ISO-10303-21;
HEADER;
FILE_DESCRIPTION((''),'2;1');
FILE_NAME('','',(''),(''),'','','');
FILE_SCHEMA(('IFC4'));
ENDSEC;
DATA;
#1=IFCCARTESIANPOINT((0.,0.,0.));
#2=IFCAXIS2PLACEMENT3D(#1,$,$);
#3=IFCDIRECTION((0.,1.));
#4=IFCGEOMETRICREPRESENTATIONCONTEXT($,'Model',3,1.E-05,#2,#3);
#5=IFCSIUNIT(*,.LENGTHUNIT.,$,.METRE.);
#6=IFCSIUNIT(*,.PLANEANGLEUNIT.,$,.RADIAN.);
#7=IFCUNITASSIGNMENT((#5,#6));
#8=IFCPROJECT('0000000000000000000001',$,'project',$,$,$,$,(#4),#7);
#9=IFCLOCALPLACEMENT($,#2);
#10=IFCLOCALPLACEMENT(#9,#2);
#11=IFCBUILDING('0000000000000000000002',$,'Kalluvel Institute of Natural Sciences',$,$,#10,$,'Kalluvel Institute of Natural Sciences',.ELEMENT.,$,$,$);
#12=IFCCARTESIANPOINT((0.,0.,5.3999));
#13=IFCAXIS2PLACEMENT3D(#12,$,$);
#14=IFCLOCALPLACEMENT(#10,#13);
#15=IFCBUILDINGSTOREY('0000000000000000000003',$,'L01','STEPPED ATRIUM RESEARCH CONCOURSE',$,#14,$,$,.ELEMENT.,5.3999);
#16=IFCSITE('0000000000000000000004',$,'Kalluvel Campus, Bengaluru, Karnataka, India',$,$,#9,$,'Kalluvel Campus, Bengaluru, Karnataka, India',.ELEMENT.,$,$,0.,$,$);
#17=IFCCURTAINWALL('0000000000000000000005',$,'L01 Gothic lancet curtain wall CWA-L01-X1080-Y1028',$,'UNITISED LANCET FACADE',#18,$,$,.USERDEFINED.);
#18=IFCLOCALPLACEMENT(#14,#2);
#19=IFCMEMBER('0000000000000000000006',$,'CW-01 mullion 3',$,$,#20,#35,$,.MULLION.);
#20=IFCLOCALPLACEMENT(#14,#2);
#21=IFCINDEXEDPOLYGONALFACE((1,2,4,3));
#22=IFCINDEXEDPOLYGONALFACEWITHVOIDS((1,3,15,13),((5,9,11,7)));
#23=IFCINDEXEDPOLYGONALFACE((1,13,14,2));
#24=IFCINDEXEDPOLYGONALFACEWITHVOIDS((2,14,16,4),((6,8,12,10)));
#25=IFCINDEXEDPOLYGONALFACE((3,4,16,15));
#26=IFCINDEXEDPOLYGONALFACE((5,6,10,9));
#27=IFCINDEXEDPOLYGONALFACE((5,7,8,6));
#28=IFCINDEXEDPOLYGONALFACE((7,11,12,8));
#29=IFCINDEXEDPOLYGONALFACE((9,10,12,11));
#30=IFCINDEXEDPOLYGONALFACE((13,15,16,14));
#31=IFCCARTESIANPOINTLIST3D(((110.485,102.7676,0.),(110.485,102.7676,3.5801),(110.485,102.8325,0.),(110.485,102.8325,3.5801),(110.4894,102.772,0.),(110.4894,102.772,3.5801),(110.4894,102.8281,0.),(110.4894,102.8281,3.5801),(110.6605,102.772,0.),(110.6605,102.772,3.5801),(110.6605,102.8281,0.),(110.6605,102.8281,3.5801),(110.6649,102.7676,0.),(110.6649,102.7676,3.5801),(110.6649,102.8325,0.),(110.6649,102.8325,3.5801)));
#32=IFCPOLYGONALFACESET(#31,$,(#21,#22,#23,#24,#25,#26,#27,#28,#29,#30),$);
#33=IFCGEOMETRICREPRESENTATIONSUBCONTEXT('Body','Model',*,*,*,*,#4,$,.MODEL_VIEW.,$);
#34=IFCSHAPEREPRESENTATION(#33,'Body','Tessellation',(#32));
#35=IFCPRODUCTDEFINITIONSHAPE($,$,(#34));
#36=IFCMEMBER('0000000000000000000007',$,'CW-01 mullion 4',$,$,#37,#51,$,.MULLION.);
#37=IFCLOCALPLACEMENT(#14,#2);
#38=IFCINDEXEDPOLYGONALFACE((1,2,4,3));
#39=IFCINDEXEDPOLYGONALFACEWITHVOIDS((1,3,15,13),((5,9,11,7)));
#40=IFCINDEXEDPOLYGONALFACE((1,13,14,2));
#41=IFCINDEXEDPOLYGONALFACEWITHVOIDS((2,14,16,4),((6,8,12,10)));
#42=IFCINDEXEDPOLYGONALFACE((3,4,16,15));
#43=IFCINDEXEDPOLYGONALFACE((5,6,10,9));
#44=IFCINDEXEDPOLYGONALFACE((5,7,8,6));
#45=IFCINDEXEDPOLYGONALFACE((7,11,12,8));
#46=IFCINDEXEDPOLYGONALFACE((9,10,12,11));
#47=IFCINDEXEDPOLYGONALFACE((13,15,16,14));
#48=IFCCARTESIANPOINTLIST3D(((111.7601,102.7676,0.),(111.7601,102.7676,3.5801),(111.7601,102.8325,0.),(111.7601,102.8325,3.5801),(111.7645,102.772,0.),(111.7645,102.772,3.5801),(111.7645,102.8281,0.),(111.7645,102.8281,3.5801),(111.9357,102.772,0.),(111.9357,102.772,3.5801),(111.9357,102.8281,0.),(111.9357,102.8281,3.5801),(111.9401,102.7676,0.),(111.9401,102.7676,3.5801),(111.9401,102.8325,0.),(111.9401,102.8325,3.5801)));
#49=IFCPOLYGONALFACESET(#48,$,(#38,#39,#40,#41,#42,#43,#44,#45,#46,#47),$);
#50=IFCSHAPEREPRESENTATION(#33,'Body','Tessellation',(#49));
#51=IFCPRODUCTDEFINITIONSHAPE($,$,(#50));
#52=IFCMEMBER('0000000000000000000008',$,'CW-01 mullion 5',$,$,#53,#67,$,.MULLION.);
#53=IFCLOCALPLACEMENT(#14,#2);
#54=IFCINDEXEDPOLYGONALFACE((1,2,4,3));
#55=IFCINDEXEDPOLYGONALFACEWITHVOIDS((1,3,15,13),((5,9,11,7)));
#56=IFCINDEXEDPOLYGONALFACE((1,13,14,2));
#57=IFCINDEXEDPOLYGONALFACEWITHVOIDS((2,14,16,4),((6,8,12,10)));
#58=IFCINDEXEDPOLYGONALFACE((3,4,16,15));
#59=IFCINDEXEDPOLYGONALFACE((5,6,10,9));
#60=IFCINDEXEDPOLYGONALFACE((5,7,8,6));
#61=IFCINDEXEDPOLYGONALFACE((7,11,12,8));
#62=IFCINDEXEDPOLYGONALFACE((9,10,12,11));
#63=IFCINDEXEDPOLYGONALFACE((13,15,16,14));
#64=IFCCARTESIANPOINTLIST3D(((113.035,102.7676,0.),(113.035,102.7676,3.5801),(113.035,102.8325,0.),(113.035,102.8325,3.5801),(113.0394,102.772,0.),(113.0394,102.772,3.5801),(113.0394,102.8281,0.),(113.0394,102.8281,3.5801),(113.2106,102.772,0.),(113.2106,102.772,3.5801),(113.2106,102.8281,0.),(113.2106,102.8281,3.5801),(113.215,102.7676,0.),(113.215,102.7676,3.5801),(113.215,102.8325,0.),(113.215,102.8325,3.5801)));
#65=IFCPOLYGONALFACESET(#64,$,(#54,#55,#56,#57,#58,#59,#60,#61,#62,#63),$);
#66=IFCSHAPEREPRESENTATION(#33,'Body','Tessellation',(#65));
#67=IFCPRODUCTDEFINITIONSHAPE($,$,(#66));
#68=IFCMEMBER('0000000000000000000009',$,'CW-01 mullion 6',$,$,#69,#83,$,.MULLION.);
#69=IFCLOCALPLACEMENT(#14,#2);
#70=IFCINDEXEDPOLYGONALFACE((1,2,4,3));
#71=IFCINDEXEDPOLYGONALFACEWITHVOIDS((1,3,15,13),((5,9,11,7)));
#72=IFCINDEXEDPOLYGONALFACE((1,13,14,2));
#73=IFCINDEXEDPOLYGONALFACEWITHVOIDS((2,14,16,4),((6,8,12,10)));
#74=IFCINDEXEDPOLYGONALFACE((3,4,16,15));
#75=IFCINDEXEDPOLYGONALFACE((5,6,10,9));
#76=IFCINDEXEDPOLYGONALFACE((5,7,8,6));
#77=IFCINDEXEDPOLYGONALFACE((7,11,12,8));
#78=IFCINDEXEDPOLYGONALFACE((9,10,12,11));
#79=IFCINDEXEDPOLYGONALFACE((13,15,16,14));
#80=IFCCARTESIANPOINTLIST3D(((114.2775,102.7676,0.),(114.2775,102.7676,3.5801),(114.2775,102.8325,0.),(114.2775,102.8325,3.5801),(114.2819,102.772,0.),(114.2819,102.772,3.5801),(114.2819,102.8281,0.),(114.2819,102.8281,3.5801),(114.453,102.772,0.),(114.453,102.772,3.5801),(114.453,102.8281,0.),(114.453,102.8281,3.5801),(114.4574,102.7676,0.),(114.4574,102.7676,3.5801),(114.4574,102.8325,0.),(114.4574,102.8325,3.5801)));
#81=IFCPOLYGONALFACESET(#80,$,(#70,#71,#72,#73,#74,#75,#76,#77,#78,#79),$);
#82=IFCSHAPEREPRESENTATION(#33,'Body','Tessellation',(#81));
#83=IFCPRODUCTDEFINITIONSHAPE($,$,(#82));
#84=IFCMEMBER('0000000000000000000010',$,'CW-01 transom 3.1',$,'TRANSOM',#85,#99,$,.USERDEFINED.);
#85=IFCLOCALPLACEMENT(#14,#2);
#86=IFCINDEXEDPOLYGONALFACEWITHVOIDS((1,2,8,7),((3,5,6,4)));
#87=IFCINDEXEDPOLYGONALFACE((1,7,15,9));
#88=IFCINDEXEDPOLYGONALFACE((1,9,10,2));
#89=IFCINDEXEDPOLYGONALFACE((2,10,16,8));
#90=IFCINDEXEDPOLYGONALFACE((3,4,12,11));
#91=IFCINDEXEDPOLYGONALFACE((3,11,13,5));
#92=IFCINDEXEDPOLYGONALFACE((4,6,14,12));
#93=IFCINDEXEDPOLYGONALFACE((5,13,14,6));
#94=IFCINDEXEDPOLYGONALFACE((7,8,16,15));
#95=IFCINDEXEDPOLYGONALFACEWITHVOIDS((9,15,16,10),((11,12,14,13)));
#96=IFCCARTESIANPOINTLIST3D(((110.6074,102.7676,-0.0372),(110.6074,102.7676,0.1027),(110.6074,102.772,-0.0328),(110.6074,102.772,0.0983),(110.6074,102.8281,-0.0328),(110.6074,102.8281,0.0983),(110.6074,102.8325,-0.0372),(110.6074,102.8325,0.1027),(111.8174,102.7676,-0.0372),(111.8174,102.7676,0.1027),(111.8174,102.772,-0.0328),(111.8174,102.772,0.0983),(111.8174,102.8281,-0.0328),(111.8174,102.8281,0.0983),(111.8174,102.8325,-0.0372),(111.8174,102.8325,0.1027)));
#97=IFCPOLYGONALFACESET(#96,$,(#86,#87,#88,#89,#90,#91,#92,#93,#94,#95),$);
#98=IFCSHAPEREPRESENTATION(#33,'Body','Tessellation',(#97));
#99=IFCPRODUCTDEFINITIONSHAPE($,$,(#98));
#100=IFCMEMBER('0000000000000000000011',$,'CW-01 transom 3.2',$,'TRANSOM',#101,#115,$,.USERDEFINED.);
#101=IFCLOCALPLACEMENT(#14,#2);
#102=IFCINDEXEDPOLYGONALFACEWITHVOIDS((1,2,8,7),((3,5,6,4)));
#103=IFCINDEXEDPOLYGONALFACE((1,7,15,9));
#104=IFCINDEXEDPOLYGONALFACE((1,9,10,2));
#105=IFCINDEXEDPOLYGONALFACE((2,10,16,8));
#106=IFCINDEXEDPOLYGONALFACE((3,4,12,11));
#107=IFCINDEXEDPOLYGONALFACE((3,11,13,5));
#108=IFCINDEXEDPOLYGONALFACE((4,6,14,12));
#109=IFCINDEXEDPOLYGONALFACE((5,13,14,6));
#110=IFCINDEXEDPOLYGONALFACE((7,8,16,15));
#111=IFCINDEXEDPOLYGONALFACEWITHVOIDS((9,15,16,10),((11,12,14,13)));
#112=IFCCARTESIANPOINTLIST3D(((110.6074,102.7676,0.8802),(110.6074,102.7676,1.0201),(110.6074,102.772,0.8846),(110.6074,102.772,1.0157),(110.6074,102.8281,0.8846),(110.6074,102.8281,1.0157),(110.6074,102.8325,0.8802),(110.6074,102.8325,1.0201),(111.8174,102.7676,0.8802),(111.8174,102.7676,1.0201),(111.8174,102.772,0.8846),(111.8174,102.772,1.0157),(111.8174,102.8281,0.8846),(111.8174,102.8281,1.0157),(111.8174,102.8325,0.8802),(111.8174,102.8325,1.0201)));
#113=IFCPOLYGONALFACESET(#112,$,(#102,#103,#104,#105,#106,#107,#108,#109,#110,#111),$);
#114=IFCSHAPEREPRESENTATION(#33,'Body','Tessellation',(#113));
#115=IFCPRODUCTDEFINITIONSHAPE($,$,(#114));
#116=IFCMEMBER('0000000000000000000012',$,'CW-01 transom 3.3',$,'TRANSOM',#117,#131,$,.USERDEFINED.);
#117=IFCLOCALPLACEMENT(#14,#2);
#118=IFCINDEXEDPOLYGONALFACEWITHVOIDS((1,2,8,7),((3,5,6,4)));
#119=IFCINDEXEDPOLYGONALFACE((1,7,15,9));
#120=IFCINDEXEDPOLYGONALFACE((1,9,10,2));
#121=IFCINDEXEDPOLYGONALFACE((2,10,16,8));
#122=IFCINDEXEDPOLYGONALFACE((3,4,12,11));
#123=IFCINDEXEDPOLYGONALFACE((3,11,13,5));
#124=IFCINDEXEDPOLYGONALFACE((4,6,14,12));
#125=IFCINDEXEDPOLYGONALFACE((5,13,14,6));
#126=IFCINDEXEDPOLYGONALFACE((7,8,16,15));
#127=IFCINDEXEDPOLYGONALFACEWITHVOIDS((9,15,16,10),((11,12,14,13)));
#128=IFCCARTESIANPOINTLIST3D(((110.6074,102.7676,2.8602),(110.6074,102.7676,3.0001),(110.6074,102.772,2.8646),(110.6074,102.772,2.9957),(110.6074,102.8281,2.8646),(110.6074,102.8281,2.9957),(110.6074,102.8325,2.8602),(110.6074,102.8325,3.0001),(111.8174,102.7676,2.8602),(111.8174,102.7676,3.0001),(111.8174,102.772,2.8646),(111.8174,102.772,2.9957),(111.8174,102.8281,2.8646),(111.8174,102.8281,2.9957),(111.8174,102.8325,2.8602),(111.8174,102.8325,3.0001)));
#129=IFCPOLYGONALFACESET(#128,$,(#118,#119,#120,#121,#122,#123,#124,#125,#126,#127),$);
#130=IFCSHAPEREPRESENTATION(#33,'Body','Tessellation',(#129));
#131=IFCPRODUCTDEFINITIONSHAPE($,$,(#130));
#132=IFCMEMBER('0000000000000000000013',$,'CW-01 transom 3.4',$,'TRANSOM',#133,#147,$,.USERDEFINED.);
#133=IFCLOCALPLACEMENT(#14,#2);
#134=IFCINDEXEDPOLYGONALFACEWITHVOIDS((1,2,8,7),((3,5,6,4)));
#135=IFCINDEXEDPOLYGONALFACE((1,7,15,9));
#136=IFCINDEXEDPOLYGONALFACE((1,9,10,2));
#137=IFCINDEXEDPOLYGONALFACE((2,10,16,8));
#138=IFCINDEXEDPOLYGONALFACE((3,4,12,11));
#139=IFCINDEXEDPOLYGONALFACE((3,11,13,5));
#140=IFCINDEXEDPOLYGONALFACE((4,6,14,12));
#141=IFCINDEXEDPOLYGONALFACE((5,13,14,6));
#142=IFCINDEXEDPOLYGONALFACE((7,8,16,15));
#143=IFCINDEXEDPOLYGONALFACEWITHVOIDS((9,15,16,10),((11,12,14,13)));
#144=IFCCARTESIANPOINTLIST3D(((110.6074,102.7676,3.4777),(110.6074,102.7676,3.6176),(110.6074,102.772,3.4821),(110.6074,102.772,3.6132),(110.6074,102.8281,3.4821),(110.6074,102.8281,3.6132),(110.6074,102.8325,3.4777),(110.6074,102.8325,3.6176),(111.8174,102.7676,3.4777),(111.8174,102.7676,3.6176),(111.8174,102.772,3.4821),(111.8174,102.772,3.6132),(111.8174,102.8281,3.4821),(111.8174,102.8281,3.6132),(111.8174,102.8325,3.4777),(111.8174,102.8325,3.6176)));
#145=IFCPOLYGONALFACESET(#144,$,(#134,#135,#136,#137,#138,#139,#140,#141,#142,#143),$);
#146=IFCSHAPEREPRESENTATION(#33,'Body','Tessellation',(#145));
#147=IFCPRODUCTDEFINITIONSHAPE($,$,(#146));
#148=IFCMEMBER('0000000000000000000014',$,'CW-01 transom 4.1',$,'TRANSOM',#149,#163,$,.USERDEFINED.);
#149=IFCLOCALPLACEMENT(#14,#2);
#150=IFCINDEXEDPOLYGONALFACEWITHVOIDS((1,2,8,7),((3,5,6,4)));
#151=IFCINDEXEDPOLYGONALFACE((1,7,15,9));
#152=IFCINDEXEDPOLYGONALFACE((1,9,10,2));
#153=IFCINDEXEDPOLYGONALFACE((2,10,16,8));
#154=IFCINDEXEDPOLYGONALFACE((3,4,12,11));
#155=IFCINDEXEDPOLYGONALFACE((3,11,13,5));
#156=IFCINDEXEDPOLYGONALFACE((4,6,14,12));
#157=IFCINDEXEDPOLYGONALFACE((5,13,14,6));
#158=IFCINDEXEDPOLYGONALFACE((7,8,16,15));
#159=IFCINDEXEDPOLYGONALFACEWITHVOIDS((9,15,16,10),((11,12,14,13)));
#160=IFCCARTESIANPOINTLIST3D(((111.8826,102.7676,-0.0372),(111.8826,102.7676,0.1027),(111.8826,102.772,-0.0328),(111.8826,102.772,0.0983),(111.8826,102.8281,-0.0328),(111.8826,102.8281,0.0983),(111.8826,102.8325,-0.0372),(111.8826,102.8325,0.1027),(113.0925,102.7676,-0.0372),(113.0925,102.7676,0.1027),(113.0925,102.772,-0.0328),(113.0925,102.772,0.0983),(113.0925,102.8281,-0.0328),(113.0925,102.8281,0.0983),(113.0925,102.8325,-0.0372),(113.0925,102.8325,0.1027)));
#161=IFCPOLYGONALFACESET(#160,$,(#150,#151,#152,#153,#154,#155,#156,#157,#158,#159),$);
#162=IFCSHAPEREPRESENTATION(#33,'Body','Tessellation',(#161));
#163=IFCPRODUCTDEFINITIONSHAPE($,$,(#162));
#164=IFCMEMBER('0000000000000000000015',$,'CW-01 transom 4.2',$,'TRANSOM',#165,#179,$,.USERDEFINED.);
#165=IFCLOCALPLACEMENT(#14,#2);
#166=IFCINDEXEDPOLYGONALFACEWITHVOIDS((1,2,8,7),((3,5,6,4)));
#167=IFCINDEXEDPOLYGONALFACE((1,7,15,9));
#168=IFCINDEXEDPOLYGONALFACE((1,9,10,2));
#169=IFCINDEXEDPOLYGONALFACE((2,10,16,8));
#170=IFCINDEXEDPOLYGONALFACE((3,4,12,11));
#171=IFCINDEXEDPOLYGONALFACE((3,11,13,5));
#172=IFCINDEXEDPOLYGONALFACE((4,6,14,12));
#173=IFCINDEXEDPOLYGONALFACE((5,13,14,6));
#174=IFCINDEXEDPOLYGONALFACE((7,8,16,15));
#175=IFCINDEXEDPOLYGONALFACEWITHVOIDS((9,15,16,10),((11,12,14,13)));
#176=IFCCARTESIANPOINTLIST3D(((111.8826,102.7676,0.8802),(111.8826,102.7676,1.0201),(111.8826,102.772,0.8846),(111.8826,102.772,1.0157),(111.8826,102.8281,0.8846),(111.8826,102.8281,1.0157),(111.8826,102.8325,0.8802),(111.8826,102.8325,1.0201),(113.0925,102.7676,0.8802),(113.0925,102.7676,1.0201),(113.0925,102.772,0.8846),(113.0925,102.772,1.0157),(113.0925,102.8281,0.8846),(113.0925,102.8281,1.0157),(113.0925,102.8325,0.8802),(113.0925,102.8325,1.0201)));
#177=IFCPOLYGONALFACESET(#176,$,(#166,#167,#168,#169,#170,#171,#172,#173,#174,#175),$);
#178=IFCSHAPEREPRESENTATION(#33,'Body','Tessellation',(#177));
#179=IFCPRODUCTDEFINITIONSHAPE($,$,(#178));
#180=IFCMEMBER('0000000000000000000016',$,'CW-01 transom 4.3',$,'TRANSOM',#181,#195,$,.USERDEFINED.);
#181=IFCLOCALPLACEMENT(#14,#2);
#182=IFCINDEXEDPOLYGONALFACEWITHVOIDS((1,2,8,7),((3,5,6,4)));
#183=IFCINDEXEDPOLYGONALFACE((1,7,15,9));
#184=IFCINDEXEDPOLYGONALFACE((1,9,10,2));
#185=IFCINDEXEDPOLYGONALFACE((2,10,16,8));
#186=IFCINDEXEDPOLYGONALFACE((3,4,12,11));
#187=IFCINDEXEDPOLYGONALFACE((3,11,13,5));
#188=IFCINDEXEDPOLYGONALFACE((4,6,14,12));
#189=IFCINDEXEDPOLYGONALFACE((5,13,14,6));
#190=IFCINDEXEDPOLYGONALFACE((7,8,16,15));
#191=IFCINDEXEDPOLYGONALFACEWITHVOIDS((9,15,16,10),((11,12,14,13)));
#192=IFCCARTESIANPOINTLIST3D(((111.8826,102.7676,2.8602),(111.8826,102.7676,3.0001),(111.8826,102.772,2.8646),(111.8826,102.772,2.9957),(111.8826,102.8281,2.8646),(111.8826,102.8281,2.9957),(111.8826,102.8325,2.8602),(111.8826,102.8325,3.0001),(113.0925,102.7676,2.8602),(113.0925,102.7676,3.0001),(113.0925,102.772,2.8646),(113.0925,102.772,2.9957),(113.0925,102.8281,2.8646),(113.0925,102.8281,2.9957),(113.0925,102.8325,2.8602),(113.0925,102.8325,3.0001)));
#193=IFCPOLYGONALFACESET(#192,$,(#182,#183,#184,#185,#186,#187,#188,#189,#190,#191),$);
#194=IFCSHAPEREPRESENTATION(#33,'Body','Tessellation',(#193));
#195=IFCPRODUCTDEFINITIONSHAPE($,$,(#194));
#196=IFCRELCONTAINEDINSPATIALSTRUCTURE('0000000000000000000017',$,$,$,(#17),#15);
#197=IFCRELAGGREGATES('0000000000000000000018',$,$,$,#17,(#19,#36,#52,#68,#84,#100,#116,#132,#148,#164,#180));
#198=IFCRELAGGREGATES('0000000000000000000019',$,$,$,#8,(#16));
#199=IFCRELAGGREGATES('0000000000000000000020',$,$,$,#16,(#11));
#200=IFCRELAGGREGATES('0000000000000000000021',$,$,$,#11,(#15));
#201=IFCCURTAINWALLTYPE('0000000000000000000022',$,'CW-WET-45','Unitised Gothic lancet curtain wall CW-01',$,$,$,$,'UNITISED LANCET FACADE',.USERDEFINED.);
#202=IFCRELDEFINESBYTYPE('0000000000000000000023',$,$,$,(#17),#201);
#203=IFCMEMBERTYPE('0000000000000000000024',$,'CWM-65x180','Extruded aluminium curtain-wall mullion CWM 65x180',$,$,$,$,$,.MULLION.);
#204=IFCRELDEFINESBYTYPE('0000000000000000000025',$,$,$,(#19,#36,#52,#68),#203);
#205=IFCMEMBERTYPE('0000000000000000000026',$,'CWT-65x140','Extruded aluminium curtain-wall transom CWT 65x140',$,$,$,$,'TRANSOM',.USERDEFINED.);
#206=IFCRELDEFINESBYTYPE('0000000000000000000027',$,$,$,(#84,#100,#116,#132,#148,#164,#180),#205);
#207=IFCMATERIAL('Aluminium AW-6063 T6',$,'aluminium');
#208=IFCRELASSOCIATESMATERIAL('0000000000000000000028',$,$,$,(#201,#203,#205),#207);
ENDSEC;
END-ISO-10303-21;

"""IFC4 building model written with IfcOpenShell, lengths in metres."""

from ifc_helpers import new_model, si_unit, direction, frame, origin, origin_2d, place, context, subcontext, project, spatial, hollow_rectangle, extrude, material, material_profile, profile_set, type_object, element, aggregate, save


model = new_model("IFC4")

# Units and contexts
model_context = context("Model", 3, precision=1e-05, world=origin(), true_north=direction((0.0, 1.0)))
body_context = subcontext(model_context, "Body", "Model", "MODEL_VIEW")
ifc_project = project(units=[si_unit("LENGTHUNIT", "METRE"), si_unit("PLANEANGLEUNIT", "RADIAN")], contexts=[model_context])

# Site, building, storey
site_placement = place(None, origin())
site = spatial("IfcSite", under=ifc_project, at=site_placement, Name="Kalluvel Campus, Bengaluru, Karnataka, India", LongName="Kalluvel Campus, Bengaluru, Karnataka, India", CompositionType="ELEMENT", RefElevation=0.0)
building_placement = place(site_placement, origin())
building = spatial("IfcBuilding", under=site, at=building_placement, Name="Kalluvel Institute of Natural Sciences", LongName="Kalluvel Institute of Natural Sciences", CompositionType="ELEMENT")
storey_placement = place(building_placement, frame((0.0, 0.0, 5.3999)))
storey = spatial("IfcBuildingStorey", under=building, at=storey_placement, Name="L01", Description="STEPPED ATRIUM RESEARCH CONCOURSE", CompositionType="ELEMENT", Elevation=5.3999)

# Curtain wall, members
ifc_material_1 = material(Name="Aluminium AW-6063 T6", Category="aluminium")
curtain_wall_type = type_object("IfcCurtainWallType", Name="CW-WET-45", Description="Unitised Gothic lancet curtain wall CW-01", ElementType="UNITISED LANCET FACADE", PredefinedType="USERDEFINED", material=ifc_material_1)
curtain_wall_placement = place(storey_placement, origin())
curtain_wall = element("IfcCurtainWall", 1, at=curtain_wall_placement, inside=storey, type_object=curtain_wall_type, Name="L01 Gothic lancet curtain wall CWA-L01-X1080-Y1028", ObjectType="UNITISED LANCET FACADE", PredefinedType="USERDEFINED")
ifc_material_profile_1 = material_profile(ifc_material_1, hollow_rectangle(XDim=0.0649, YDim=0.1799, WallThickness=0.0044, at=origin_2d()), Name="CWM 65x180")
ifc_profile_set_1 = profile_set([ifc_material_profile_1], Name="Aluminium AW-6063 T6")
member_type_1 = type_object("IfcMemberType", Name="CWM-65x180", Description="Extruded aluminium curtain-wall mullion CWM 65x180", PredefinedType="MULLION", material=ifc_profile_set_1)
member_1_placement = place(storey_placement, frame((110.575, 102.8, 0.0), z_axis=(0.0, 0.0, 1.0), x_axis=(0.0, 1.0, 0.0)))
member_1 = element("IfcMember", 2, at=member_1_placement, type_object=member_type_1, Name="CW-01 mullion 3", PredefinedType="MULLION", context=body_context, shape_type="SweptSolid", body=[
    extrude(hollow_rectangle(XDim=0.0649, YDim=0.1799, WallThickness=0.0044, at=origin_2d()), origin(), (0.0, 0.0, 1.0), 3.5801),
])
member_2_placement = place(storey_placement, frame((111.8501, 102.8, 0.0), z_axis=(0.0, 0.0, 1.0), x_axis=(0.0, 1.0, 0.0)))
member_2 = element("IfcMember", 3, at=member_2_placement, type_object=member_type_1, Name="CW-01 mullion 4", PredefinedType="MULLION", context=body_context, shape_type="SweptSolid", body=[
    extrude(hollow_rectangle(XDim=0.0649, YDim=0.1799, WallThickness=0.0044, at=origin_2d()), origin(), (0.0, 0.0, 1.0), 3.5801),
])
member_3_placement = place(storey_placement, frame((113.125, 102.8, 0.0), z_axis=(0.0, 0.0, 1.0), x_axis=(0.0, 1.0, 0.0)))
member_3 = element("IfcMember", 4, at=member_3_placement, type_object=member_type_1, Name="CW-01 mullion 5", PredefinedType="MULLION", context=body_context, shape_type="SweptSolid", body=[
    extrude(hollow_rectangle(XDim=0.0649, YDim=0.1799, WallThickness=0.0044, at=origin_2d()), origin(), (0.0, 0.0, 1.0), 3.5801),
])
member_4_placement = place(storey_placement, frame((114.3674, 102.8, 0.0), z_axis=(0.0, 0.0, 1.0), x_axis=(0.0, 1.0, 0.0)))
member_4 = element("IfcMember", 5, at=member_4_placement, type_object=member_type_1, Name="CW-01 mullion 6", PredefinedType="MULLION", context=body_context, shape_type="SweptSolid", body=[
    extrude(hollow_rectangle(XDim=0.0649, YDim=0.1799, WallThickness=0.0044, at=origin_2d()), origin(), (0.0, 0.0, 1.0), 3.5801),
])
ifc_material_profile_2 = material_profile(ifc_material_1, hollow_rectangle(XDim=0.0649, YDim=0.1399, WallThickness=0.0044, at=origin_2d()), Name="CWT 65x140")
ifc_profile_set_2 = profile_set([ifc_material_profile_2], Name="Aluminium AW-6063 T6")
member_type_2 = type_object("IfcMemberType", Name="CWT-65x140", Description="Extruded aluminium curtain-wall transom CWT 65x140", ElementType="TRANSOM", PredefinedType="USERDEFINED", material=ifc_profile_set_2)
member_5_placement = place(storey_placement, frame((110.6074, 102.8, 0.0327), z_axis=(1.0, 0.0, 0.0), x_axis=(0.0, 1.0, 0.0)))
member_5 = element("IfcMember", 6, at=member_5_placement, type_object=member_type_2, Name="CW-01 transom 3.1", ObjectType="TRANSOM", PredefinedType="USERDEFINED", context=body_context, shape_type="SweptSolid", body=[
    extrude(hollow_rectangle(XDim=0.0649, YDim=0.1399, WallThickness=0.0044, at=origin_2d()), origin(), (0.0, 0.0, 1.0), 1.21),
])
member_6_placement = place(storey_placement, frame((110.6074, 102.8, 0.9502), z_axis=(1.0, 0.0, 0.0), x_axis=(0.0, 1.0, 0.0)))
member_6 = element("IfcMember", 7, at=member_6_placement, type_object=member_type_2, Name="CW-01 transom 3.2", ObjectType="TRANSOM", PredefinedType="USERDEFINED", context=body_context, shape_type="SweptSolid", body=[
    extrude(hollow_rectangle(XDim=0.0649, YDim=0.1399, WallThickness=0.0044, at=origin_2d()), origin(), (0.0, 0.0, 1.0), 1.21),
])
member_7_placement = place(storey_placement, frame((110.6074, 102.8, 2.9302), z_axis=(1.0, 0.0, 0.0), x_axis=(0.0, 1.0, 0.0)))
member_7 = element("IfcMember", 8, at=member_7_placement, type_object=member_type_2, Name="CW-01 transom 3.3", ObjectType="TRANSOM", PredefinedType="USERDEFINED", context=body_context, shape_type="SweptSolid", body=[
    extrude(hollow_rectangle(XDim=0.0649, YDim=0.1399, WallThickness=0.0044, at=origin_2d()), origin(), (0.0, 0.0, 1.0), 1.21),
])
member_8_placement = place(storey_placement, frame((110.6074, 102.8, 3.5476), z_axis=(1.0, 0.0, 0.0), x_axis=(0.0, 1.0, 0.0)))
member_8 = element("IfcMember", 9, at=member_8_placement, type_object=member_type_2, Name="CW-01 transom 3.4", ObjectType="TRANSOM", PredefinedType="USERDEFINED", context=body_context, shape_type="SweptSolid", body=[
    extrude(hollow_rectangle(XDim=0.0649, YDim=0.1399, WallThickness=0.0044, at=origin_2d()), origin(), (0.0, 0.0, 1.0), 1.21),
])
member_9_placement = place(storey_placement, frame((111.8826, 102.8, 0.0327), z_axis=(1.0, 0.0, 0.0), x_axis=(0.0, 1.0, 0.0)))
member_9 = element("IfcMember", 10, at=member_9_placement, type_object=member_type_2, Name="CW-01 transom 4.1", ObjectType="TRANSOM", PredefinedType="USERDEFINED", context=body_context, shape_type="SweptSolid", body=[
    extrude(hollow_rectangle(XDim=0.0649, YDim=0.1399, WallThickness=0.0044, at=origin_2d()), origin(), (0.0, 0.0, 1.0), 1.21),
])
member_10_placement = place(storey_placement, frame((111.8826, 102.8, 0.9502), z_axis=(1.0, 0.0, 0.0), x_axis=(0.0, 1.0, 0.0)))
member_10 = element("IfcMember", 11, at=member_10_placement, type_object=member_type_2, Name="CW-01 transom 4.2", ObjectType="TRANSOM", PredefinedType="USERDEFINED", context=body_context, shape_type="SweptSolid", body=[
    extrude(hollow_rectangle(XDim=0.0649, YDim=0.1399, WallThickness=0.0044, at=origin_2d()), origin(), (0.0, 0.0, 1.0), 1.21),
])
member_11_placement = place(storey_placement, frame((111.8826, 102.8, 2.9302), z_axis=(1.0, 0.0, 0.0), x_axis=(0.0, 1.0, 0.0)))
member_11 = element("IfcMember", 12, at=member_11_placement, type_object=member_type_2, Name="CW-01 transom 4.3", ObjectType="TRANSOM", PredefinedType="USERDEFINED", context=body_context, shape_type="SweptSolid", body=[
    extrude(hollow_rectangle(XDim=0.0649, YDim=0.1399, WallThickness=0.0044, at=origin_2d()), origin(), (0.0, 0.0, 1.0), 1.21),
])
aggregate(curtain_wall, [member_1, member_2, member_3, member_4, member_5, member_6, member_7, member_8, member_9, member_10, member_11])

save(model, "model.ifc")
